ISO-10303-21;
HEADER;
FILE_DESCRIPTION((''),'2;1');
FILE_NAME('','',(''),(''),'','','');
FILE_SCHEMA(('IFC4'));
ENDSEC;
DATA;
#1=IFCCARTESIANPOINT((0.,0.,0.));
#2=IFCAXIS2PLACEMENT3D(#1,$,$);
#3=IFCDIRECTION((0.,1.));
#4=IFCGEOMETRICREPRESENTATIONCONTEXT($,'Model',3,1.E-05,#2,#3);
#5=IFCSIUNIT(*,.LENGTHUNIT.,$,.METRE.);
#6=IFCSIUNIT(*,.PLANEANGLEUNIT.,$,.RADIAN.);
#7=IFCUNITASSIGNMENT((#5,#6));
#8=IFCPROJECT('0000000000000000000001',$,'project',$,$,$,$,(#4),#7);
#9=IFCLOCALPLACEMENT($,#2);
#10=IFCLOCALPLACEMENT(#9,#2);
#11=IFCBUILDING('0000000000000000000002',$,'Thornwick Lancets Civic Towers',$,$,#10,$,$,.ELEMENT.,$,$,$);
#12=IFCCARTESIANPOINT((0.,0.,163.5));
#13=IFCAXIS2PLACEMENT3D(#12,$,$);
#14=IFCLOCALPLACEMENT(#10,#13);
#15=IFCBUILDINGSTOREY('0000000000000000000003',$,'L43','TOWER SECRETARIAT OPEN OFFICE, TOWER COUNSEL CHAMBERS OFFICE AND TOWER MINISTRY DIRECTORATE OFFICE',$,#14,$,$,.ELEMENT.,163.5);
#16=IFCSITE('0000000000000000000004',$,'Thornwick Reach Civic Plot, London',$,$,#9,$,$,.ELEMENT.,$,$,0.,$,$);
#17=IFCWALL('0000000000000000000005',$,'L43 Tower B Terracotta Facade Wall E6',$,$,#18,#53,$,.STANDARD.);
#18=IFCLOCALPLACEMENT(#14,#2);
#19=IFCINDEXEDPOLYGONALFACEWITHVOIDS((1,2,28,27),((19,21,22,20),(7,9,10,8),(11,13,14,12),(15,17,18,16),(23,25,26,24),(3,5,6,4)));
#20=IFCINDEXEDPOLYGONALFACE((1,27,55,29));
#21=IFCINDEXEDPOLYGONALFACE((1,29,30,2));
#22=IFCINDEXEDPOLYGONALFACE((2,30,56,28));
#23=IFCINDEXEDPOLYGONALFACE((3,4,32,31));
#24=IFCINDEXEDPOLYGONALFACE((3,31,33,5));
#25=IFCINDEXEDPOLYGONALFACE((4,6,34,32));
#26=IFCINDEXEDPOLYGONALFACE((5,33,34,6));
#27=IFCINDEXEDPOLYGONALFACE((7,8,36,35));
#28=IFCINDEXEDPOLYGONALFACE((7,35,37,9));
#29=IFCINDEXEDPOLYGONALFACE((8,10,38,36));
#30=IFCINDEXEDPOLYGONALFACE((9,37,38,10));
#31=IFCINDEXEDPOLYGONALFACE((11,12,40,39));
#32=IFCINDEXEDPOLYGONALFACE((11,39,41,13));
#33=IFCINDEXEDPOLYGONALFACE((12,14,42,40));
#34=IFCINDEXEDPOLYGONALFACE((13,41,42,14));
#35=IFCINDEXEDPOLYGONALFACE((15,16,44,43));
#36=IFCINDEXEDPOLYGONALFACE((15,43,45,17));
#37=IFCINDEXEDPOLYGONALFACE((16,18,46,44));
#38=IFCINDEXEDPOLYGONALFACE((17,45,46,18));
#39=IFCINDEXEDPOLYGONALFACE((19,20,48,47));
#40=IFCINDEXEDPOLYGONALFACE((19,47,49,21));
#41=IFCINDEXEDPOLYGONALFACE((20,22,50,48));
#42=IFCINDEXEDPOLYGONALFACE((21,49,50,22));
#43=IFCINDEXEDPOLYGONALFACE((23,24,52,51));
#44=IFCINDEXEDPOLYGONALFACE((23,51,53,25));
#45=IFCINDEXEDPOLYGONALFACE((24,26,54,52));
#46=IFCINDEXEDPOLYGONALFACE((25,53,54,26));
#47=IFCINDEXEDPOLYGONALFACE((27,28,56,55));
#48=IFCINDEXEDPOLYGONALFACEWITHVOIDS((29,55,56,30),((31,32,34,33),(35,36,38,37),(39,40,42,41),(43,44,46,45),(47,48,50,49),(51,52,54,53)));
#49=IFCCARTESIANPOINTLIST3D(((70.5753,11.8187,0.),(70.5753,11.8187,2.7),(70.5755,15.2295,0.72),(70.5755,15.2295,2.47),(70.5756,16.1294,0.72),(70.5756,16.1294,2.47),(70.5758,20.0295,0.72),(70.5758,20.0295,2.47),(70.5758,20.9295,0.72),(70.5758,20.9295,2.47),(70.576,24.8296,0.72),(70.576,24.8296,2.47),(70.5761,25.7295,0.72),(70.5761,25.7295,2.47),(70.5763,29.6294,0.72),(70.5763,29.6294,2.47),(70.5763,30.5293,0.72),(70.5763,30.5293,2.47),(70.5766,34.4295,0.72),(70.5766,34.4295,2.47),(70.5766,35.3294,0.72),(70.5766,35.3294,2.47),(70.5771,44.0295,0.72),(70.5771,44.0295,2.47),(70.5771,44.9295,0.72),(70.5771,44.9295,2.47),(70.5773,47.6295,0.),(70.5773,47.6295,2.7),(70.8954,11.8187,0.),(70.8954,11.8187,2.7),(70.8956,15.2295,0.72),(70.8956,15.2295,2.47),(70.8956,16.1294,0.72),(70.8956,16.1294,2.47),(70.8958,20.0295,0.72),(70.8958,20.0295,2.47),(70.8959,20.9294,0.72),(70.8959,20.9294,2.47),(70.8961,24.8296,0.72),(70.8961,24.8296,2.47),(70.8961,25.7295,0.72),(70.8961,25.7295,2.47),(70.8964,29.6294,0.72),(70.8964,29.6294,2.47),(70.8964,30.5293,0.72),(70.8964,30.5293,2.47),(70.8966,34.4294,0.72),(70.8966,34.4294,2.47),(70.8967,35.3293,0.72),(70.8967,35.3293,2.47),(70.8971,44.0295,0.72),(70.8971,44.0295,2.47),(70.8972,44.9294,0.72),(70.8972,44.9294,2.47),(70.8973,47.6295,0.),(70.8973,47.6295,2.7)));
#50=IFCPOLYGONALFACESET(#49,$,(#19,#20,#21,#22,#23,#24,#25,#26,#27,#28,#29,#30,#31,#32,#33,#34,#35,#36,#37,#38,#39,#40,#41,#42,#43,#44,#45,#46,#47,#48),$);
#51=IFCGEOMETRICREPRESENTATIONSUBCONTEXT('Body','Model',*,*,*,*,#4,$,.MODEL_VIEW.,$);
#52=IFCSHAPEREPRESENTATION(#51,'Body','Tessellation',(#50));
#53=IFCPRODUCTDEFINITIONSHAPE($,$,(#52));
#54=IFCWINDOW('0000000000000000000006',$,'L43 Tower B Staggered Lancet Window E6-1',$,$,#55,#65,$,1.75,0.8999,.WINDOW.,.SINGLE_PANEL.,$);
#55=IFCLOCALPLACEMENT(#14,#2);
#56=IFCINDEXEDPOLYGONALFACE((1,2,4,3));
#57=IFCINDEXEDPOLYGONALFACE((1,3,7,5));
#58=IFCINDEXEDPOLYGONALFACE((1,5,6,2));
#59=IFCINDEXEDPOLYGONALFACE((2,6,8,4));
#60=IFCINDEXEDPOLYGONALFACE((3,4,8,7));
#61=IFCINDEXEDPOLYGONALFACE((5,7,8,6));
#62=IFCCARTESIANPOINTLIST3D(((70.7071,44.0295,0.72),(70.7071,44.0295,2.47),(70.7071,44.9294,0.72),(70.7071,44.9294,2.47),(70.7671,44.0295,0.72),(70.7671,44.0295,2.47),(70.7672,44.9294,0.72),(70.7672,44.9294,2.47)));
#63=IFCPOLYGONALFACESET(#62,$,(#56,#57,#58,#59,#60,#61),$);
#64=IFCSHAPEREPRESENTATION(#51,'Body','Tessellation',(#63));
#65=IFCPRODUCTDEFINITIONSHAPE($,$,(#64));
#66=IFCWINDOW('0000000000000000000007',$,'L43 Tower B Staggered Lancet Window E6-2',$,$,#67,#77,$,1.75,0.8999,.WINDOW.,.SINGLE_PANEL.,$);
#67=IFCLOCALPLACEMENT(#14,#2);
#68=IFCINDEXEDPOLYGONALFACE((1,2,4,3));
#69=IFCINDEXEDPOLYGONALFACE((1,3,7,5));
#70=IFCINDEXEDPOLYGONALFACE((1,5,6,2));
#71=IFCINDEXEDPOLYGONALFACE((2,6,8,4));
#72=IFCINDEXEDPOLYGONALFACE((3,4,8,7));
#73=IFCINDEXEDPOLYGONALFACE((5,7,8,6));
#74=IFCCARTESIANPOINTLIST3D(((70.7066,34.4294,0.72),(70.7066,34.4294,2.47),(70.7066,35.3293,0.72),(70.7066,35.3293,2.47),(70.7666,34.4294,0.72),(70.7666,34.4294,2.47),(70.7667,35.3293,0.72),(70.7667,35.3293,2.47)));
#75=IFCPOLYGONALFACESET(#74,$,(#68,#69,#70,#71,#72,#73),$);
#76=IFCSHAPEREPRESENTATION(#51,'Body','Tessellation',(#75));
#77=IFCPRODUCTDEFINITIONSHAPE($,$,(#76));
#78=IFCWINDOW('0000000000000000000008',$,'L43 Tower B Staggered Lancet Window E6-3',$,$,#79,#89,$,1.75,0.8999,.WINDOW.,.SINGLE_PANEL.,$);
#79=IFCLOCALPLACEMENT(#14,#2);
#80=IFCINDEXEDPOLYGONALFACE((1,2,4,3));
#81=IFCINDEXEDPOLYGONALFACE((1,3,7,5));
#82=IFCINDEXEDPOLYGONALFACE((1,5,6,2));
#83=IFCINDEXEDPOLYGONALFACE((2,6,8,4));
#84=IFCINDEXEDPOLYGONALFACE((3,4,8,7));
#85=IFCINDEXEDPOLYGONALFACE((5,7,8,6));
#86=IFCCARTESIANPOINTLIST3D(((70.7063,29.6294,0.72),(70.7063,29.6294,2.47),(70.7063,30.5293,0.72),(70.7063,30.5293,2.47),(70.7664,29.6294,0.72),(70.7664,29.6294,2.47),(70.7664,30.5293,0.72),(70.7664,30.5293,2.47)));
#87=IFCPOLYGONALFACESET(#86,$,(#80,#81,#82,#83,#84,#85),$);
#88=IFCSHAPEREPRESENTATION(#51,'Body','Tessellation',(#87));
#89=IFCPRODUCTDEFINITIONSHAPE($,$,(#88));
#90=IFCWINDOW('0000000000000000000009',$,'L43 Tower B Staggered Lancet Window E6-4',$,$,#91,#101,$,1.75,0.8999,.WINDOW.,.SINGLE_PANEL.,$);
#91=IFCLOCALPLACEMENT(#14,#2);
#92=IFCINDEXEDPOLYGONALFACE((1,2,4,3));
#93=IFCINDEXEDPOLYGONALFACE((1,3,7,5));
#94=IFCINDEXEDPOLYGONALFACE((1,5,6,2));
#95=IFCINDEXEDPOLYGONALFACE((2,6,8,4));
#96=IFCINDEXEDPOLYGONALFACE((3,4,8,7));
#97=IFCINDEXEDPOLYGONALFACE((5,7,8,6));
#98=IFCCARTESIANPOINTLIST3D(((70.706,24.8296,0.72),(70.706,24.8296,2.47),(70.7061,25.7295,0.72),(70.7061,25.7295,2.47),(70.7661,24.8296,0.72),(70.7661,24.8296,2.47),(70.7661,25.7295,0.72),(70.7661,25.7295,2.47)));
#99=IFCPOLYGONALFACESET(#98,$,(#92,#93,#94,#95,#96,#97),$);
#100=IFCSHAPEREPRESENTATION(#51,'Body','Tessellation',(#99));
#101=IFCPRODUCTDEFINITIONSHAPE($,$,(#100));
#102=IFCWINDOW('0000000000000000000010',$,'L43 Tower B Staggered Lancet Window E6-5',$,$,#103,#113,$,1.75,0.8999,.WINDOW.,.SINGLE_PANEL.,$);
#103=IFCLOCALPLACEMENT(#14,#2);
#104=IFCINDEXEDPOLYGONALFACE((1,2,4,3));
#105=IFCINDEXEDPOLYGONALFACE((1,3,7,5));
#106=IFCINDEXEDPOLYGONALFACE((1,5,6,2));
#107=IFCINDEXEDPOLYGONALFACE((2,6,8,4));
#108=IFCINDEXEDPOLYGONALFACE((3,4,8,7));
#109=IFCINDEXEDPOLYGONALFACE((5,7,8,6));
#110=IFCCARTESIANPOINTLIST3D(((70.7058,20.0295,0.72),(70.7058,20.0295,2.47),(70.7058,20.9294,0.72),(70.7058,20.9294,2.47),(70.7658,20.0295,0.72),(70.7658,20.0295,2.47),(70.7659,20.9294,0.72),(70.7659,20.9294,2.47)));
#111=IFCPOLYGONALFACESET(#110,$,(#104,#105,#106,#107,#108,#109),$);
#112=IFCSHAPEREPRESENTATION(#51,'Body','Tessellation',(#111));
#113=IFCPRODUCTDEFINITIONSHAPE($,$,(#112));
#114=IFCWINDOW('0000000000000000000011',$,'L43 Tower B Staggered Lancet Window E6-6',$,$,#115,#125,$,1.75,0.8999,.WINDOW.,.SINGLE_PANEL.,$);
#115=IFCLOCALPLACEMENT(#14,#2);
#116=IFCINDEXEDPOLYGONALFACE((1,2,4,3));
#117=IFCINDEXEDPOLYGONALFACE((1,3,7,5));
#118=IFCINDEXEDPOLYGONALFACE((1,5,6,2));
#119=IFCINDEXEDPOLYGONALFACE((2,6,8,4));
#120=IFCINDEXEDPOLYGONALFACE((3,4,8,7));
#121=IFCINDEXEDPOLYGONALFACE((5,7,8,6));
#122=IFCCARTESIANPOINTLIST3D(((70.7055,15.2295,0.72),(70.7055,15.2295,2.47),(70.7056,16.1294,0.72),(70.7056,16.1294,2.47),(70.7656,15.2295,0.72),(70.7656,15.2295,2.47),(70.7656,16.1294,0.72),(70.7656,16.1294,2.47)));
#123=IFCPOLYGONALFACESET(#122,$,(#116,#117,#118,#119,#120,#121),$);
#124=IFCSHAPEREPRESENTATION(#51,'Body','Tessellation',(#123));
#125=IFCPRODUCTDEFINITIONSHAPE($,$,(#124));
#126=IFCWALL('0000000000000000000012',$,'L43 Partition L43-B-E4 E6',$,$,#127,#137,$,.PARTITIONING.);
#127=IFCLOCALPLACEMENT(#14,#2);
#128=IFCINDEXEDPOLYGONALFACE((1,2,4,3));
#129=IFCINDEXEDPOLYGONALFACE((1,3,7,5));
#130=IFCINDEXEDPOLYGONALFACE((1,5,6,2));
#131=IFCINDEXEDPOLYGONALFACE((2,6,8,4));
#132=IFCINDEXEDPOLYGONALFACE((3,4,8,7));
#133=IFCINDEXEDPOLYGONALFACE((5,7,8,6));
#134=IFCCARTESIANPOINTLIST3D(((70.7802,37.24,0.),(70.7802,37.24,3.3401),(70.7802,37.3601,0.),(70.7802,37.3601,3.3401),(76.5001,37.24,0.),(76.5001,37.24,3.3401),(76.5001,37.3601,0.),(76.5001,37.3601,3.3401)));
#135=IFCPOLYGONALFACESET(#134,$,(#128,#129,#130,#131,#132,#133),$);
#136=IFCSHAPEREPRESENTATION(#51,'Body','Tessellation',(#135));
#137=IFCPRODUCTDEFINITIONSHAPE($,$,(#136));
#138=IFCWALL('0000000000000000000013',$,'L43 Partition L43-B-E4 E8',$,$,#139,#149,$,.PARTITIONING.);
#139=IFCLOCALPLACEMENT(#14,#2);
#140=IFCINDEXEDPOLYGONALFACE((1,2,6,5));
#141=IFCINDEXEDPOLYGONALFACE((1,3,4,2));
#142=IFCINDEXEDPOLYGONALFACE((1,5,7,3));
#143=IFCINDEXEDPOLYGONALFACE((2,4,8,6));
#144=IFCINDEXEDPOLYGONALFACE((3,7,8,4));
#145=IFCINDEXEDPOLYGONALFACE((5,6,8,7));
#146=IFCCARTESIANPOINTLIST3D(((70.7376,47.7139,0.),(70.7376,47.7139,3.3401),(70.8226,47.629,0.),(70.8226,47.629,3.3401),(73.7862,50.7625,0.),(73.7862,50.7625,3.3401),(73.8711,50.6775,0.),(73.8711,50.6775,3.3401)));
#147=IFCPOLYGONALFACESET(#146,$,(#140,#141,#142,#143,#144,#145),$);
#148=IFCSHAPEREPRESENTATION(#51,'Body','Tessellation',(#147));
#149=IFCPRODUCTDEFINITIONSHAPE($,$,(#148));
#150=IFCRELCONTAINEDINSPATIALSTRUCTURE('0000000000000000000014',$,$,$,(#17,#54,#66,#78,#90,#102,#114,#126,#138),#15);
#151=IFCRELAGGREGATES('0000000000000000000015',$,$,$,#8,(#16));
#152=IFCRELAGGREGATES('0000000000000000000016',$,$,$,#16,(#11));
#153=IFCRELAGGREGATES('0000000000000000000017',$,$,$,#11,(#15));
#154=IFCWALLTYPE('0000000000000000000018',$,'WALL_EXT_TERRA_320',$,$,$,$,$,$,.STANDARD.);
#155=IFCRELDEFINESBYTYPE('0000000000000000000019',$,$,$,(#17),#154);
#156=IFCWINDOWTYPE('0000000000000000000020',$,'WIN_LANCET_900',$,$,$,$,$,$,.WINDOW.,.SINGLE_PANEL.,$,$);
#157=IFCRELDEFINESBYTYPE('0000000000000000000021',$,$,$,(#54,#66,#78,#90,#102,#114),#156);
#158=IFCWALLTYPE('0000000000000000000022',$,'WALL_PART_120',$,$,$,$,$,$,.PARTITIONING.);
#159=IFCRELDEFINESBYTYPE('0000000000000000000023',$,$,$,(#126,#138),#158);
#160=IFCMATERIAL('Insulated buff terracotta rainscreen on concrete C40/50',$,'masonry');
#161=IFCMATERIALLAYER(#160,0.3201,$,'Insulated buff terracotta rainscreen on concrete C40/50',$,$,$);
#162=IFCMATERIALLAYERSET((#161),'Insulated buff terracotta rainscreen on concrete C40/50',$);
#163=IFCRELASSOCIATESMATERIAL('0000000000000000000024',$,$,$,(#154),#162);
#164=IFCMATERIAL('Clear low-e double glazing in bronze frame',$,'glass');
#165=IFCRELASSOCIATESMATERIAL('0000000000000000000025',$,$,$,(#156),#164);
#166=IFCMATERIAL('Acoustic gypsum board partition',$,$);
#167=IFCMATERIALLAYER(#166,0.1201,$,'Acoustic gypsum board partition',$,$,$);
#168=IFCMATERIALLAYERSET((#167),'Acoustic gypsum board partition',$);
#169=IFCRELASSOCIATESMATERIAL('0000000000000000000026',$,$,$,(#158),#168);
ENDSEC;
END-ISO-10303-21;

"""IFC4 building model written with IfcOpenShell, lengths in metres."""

from ifc_helpers import new_model, si_unit, direction, frame, frame_2d, origin, place, context, subcontext, project, spatial, rectangle, extrude, material, layer, layer_set, type_object, element, fill, save


model = new_model("IFC4")

# Units and contexts
model_context = context("Model", 3, precision=1e-05, world=origin(), true_north=direction((0.0, 1.0)))
body_context = subcontext(model_context, "Body", "Model", "MODEL_VIEW")
ifc_project = project(units=[si_unit("LENGTHUNIT", "METRE"), si_unit("PLANEANGLEUNIT", "RADIAN")], contexts=[model_context])

# Site, building, storey
site_placement = place(None, origin())
site = spatial("IfcSite", under=ifc_project, at=site_placement, Name="Thornwick Reach Civic Plot, London", CompositionType="ELEMENT", RefElevation=0.0)
building_placement = place(site_placement, origin())
building = spatial("IfcBuilding", under=site, at=building_placement, Name="Thornwick Lancets Civic Towers", CompositionType="ELEMENT")
storey_placement = place(building_placement, frame((0.0, 0.0, 163.5)))
storey = spatial("IfcBuildingStorey", under=building, at=storey_placement, Name="L43", Description="TOWER SECRETARIAT OPEN OFFICE, TOWER COUNSEL CHAMBERS OFFICE AND TOWER MINISTRY DIRECTORATE OFFICE", CompositionType="ELEMENT", Elevation=163.5)

# Wall, openings, windows
ifc_material_1 = material(Name="Insulated buff terracotta rainscreen on concrete C40/50", Category="masonry")
ifc_layer_1 = layer(ifc_material_1, 0.3201, Name="Insulated buff terracotta rainscreen on concrete C40/50")
ifc_layer_set_1 = layer_set([ifc_layer_1], Name="Insulated buff terracotta rainscreen on concrete C40/50")
wall_type_1 = type_object("IfcWallType", Name="WALL_EXT_TERRA_320", PredefinedType="STANDARD", material=ifc_layer_set_1)
wall_1_placement = place(storey_placement, frame((70.7373, 47.6294, 0.0), z_axis=(0.0, 0.0, 1.0), x_axis=(-0.000055, -1.0, 0.0)))
wall_1 = element("IfcWall", 1, at=wall_1_placement, inside=storey, type_object=wall_type_1, Name="L43 Tower B Terracotta Facade Wall E6", PredefinedType="STANDARD", context=body_context, shape_type="SweptSolid", body=[
    extrude(rectangle(XDim=35.8108, YDim=0.3201, at=frame_2d((17.9053, 0.0))), origin(), (0.0, 0.0, 1.0), 2.7),
])
opening_1_placement = place(wall_1_placement, frame((2.7, 0.0, 0.72)))
opening_1 = element("IfcOpeningElement", 2, at=opening_1_placement, cuts=wall_1, PredefinedType="OPENING", context=body_context, shape_type="SweptSolid", body=[
    extrude(rectangle(XDim=0.8999, YDim=1.75, at=frame_2d((0.45, 0.875))), frame((0.0, 0.1699, 0.0), z_axis=(0.0, -1.0, 0.0), x_axis=(1.0, 0.0, 0.0)), (0.0, 0.0, 1.0), 0.3401),
])
opening_2_placement = place(wall_1_placement, frame((12.3, 0.0, 0.72)))
opening_2 = element("IfcOpeningElement", 3, at=opening_2_placement, cuts=wall_1, PredefinedType="OPENING", context=body_context, shape_type="SweptSolid", body=[
    extrude(rectangle(XDim=0.8999, YDim=1.75, at=frame_2d((0.45, 0.875))), frame((0.0, 0.1699, 0.0), z_axis=(0.0, -1.0, 0.0), x_axis=(1.0, 0.0, 0.0)), (0.0, 0.0, 1.0), 0.3401),
])
opening_3_placement = place(wall_1_placement, frame((17.1001, 0.0, 0.72)))
opening_3 = element("IfcOpeningElement", 4, at=opening_3_placement, cuts=wall_1, PredefinedType="OPENING", context=body_context, shape_type="SweptSolid", body=[
    extrude(rectangle(XDim=0.8999, YDim=1.75, at=frame_2d((0.45, 0.875))), frame((0.0, 0.1699, 0.0), z_axis=(0.0, -1.0, 0.0), x_axis=(1.0, 0.0, 0.0)), (0.0, 0.0, 1.0), 0.3401),
])
opening_4_placement = place(wall_1_placement, frame((21.8999, 0.0, 0.72)))
opening_4 = element("IfcOpeningElement", 5, at=opening_4_placement, cuts=wall_1, PredefinedType="OPENING", context=body_context, shape_type="SweptSolid", body=[
    extrude(rectangle(XDim=0.8999, YDim=1.75, at=frame_2d((0.45, 0.875))), frame((0.0, 0.1699, 0.0), z_axis=(0.0, -1.0, 0.0), x_axis=(1.0, 0.0, 0.0)), (0.0, 0.0, 1.0), 0.3401),
])
opening_5_placement = place(wall_1_placement, frame((26.7, 0.0, 0.72)))
opening_5 = element("IfcOpeningElement", 6, at=opening_5_placement, cuts=wall_1, PredefinedType="OPENING", context=body_context, shape_type="SweptSolid", body=[
    extrude(rectangle(XDim=0.8999, YDim=1.75, at=frame_2d((0.45, 0.875))), frame((0.0, 0.1699, 0.0), z_axis=(0.0, -1.0, 0.0), x_axis=(1.0, 0.0, 0.0)), (0.0, 0.0, 1.0), 0.3401),
])
opening_6_placement = place(wall_1_placement, frame((31.5, 0.0, 0.72)))
opening_6 = element("IfcOpeningElement", 7, at=opening_6_placement, cuts=wall_1, PredefinedType="OPENING", context=body_context, shape_type="SweptSolid", body=[
    extrude(rectangle(XDim=0.8999, YDim=1.75, at=frame_2d((0.45, 0.875))), frame((0.0, 0.1699, 0.0), z_axis=(0.0, -1.0, 0.0), x_axis=(1.0, 0.0, 0.0)), (0.0, 0.0, 1.0), 0.3401),
])
ifc_material_2 = material(Name="Clear low-e double glazing in bronze frame", Category="glass")
window_type = type_object("IfcWindowType", Name="WIN_LANCET_900", PartitioningType="SINGLE_PANEL", PredefinedType="WINDOW", material=ifc_material_2)
window_1_placement = place(opening_1_placement, origin())
window_1 = element("IfcWindow", 8, at=window_1_placement, inside=storey, type_object=window_type, Name="L43 Tower B Staggered Lancet Window E6-1", OverallHeight=1.75, OverallWidth=0.8999, PartitioningType="SINGLE_PANEL", PredefinedType="WINDOW", context=body_context, shape_type="SweptSolid", body=[
    extrude(rectangle(XDim=0.8999, YDim=1.75, at=frame_2d((0.45, 0.875))), frame((0.0, 0.03, 0.0), z_axis=(0.0, -1.0, 0.0), x_axis=(1.0, 0.0, 0.0)), (0.0, 0.0, 1.0), 0.0601),
])
fill(opening_1, window_1)
window_2_placement = place(opening_2_placement, origin())
window_2 = element("IfcWindow", 9, at=window_2_placement, inside=storey, type_object=window_type, Name="L43 Tower B Staggered Lancet Window E6-2", OverallHeight=1.75, OverallWidth=0.8999, PartitioningType="SINGLE_PANEL", PredefinedType="WINDOW", context=body_context, shape_type="SweptSolid", body=[
    extrude(rectangle(XDim=0.8999, YDim=1.75, at=frame_2d((0.45, 0.875))), frame((0.0, 0.03, 0.0), z_axis=(0.0, -1.0, 0.0), x_axis=(1.0, 0.0, 0.0)), (0.0, 0.0, 1.0), 0.0601),
])
fill(opening_2, window_2)
window_3_placement = place(opening_3_placement, origin())
window_3 = element("IfcWindow", 10, at=window_3_placement, inside=storey, type_object=window_type, Name="L43 Tower B Staggered Lancet Window E6-3", OverallHeight=1.75, OverallWidth=0.8999, PartitioningType="SINGLE_PANEL", PredefinedType="WINDOW", context=body_context, shape_type="SweptSolid", body=[
    extrude(rectangle(XDim=0.8999, YDim=1.75, at=frame_2d((0.45, 0.875))), frame((0.0, 0.03, 0.0), z_axis=(0.0, -1.0, 0.0), x_axis=(1.0, 0.0, 0.0)), (0.0, 0.0, 1.0), 0.0601),
])
fill(opening_3, window_3)
window_4_placement = place(opening_4_placement, origin())
window_4 = element("IfcWindow", 11, at=window_4_placement, inside=storey, type_object=window_type, Name="L43 Tower B Staggered Lancet Window E6-4", OverallHeight=1.75, OverallWidth=0.8999, PartitioningType="SINGLE_PANEL", PredefinedType="WINDOW", context=body_context, shape_type="SweptSolid", body=[
    extrude(rectangle(XDim=0.8999, YDim=1.75, at=frame_2d((0.45, 0.875))), frame((0.0, 0.03, 0.0), z_axis=(0.0, -1.0, 0.0), x_axis=(1.0, 0.0, 0.0)), (0.0, 0.0, 1.0), 0.0601),
])
fill(opening_4, window_4)
window_5_placement = place(opening_5_placement, origin())
window_5 = element("IfcWindow", 12, at=window_5_placement, inside=storey, type_object=window_type, Name="L43 Tower B Staggered Lancet Window E6-5", OverallHeight=1.75, OverallWidth=0.8999, PartitioningType="SINGLE_PANEL", PredefinedType="WINDOW", context=body_context, shape_type="SweptSolid", body=[
    extrude(rectangle(XDim=0.8999, YDim=1.75, at=frame_2d((0.45, 0.875))), frame((0.0, 0.03, 0.0), z_axis=(0.0, -1.0, 0.0), x_axis=(1.0, 0.0, 0.0)), (0.0, 0.0, 1.0), 0.0601),
])
fill(opening_5, window_5)
window_6_placement = place(opening_6_placement, origin())
window_6 = element("IfcWindow", 13, at=window_6_placement, inside=storey, type_object=window_type, Name="L43 Tower B Staggered Lancet Window E6-6", OverallHeight=1.75, OverallWidth=0.8999, PartitioningType="SINGLE_PANEL", PredefinedType="WINDOW", context=body_context, shape_type="SweptSolid", body=[
    extrude(rectangle(XDim=0.8999, YDim=1.75, at=frame_2d((0.45, 0.875))), frame((0.0, 0.03, 0.0), z_axis=(0.0, -1.0, 0.0), x_axis=(1.0, 0.0, 0.0)), (0.0, 0.0, 1.0), 0.0601),
])
fill(opening_6, window_6)

# Walls
ifc_material_3 = material(Name="Acoustic gypsum board partition")
ifc_layer_2 = layer(ifc_material_3, 0.1201, Name="Acoustic gypsum board partition")
ifc_layer_set_2 = layer_set([ifc_layer_2], Name="Acoustic gypsum board partition")
wall_type_2 = type_object("IfcWallType", Name="WALL_PART_120", PredefinedType="PARTITIONING", material=ifc_layer_set_2)
wall_2_placement = place(storey_placement, frame((76.5, 37.3, 0.0), z_axis=(0.0, 0.0, 1.0), x_axis=(-1.0, 0.0, 0.0)))
element("IfcWall", 14, at=wall_2_placement, inside=storey, type_object=wall_type_2, Name="L43 Partition L43-B-E4 E6", PredefinedType="PARTITIONING", context=body_context, shape_type="SweptSolid", body=[
    extrude(rectangle(XDim=5.72, YDim=0.1201, at=frame_2d((2.8599, 0.0))), origin(), (0.0, 0.0, 1.0), 3.3401),
])
wall_3_placement = place(storey_placement, frame((70.78, 47.6714, 0.0), z_axis=(0.0, 0.0, 1.0), x_axis=(0.707107, 0.707107, 0.0)))
element("IfcWall", 15, at=wall_3_placement, inside=storey, type_object=wall_type_2, Name="L43 Partition L43-B-E4 E8", PredefinedType="PARTITIONING", context=body_context, shape_type="SweptSolid", body=[
    extrude(rectangle(XDim=4.3113, YDim=0.1201, at=frame_2d((2.1558, 0.0))), origin(), (0.0, 0.0, 1.0), 3.3401),
])

save(model, "model.ifc")
